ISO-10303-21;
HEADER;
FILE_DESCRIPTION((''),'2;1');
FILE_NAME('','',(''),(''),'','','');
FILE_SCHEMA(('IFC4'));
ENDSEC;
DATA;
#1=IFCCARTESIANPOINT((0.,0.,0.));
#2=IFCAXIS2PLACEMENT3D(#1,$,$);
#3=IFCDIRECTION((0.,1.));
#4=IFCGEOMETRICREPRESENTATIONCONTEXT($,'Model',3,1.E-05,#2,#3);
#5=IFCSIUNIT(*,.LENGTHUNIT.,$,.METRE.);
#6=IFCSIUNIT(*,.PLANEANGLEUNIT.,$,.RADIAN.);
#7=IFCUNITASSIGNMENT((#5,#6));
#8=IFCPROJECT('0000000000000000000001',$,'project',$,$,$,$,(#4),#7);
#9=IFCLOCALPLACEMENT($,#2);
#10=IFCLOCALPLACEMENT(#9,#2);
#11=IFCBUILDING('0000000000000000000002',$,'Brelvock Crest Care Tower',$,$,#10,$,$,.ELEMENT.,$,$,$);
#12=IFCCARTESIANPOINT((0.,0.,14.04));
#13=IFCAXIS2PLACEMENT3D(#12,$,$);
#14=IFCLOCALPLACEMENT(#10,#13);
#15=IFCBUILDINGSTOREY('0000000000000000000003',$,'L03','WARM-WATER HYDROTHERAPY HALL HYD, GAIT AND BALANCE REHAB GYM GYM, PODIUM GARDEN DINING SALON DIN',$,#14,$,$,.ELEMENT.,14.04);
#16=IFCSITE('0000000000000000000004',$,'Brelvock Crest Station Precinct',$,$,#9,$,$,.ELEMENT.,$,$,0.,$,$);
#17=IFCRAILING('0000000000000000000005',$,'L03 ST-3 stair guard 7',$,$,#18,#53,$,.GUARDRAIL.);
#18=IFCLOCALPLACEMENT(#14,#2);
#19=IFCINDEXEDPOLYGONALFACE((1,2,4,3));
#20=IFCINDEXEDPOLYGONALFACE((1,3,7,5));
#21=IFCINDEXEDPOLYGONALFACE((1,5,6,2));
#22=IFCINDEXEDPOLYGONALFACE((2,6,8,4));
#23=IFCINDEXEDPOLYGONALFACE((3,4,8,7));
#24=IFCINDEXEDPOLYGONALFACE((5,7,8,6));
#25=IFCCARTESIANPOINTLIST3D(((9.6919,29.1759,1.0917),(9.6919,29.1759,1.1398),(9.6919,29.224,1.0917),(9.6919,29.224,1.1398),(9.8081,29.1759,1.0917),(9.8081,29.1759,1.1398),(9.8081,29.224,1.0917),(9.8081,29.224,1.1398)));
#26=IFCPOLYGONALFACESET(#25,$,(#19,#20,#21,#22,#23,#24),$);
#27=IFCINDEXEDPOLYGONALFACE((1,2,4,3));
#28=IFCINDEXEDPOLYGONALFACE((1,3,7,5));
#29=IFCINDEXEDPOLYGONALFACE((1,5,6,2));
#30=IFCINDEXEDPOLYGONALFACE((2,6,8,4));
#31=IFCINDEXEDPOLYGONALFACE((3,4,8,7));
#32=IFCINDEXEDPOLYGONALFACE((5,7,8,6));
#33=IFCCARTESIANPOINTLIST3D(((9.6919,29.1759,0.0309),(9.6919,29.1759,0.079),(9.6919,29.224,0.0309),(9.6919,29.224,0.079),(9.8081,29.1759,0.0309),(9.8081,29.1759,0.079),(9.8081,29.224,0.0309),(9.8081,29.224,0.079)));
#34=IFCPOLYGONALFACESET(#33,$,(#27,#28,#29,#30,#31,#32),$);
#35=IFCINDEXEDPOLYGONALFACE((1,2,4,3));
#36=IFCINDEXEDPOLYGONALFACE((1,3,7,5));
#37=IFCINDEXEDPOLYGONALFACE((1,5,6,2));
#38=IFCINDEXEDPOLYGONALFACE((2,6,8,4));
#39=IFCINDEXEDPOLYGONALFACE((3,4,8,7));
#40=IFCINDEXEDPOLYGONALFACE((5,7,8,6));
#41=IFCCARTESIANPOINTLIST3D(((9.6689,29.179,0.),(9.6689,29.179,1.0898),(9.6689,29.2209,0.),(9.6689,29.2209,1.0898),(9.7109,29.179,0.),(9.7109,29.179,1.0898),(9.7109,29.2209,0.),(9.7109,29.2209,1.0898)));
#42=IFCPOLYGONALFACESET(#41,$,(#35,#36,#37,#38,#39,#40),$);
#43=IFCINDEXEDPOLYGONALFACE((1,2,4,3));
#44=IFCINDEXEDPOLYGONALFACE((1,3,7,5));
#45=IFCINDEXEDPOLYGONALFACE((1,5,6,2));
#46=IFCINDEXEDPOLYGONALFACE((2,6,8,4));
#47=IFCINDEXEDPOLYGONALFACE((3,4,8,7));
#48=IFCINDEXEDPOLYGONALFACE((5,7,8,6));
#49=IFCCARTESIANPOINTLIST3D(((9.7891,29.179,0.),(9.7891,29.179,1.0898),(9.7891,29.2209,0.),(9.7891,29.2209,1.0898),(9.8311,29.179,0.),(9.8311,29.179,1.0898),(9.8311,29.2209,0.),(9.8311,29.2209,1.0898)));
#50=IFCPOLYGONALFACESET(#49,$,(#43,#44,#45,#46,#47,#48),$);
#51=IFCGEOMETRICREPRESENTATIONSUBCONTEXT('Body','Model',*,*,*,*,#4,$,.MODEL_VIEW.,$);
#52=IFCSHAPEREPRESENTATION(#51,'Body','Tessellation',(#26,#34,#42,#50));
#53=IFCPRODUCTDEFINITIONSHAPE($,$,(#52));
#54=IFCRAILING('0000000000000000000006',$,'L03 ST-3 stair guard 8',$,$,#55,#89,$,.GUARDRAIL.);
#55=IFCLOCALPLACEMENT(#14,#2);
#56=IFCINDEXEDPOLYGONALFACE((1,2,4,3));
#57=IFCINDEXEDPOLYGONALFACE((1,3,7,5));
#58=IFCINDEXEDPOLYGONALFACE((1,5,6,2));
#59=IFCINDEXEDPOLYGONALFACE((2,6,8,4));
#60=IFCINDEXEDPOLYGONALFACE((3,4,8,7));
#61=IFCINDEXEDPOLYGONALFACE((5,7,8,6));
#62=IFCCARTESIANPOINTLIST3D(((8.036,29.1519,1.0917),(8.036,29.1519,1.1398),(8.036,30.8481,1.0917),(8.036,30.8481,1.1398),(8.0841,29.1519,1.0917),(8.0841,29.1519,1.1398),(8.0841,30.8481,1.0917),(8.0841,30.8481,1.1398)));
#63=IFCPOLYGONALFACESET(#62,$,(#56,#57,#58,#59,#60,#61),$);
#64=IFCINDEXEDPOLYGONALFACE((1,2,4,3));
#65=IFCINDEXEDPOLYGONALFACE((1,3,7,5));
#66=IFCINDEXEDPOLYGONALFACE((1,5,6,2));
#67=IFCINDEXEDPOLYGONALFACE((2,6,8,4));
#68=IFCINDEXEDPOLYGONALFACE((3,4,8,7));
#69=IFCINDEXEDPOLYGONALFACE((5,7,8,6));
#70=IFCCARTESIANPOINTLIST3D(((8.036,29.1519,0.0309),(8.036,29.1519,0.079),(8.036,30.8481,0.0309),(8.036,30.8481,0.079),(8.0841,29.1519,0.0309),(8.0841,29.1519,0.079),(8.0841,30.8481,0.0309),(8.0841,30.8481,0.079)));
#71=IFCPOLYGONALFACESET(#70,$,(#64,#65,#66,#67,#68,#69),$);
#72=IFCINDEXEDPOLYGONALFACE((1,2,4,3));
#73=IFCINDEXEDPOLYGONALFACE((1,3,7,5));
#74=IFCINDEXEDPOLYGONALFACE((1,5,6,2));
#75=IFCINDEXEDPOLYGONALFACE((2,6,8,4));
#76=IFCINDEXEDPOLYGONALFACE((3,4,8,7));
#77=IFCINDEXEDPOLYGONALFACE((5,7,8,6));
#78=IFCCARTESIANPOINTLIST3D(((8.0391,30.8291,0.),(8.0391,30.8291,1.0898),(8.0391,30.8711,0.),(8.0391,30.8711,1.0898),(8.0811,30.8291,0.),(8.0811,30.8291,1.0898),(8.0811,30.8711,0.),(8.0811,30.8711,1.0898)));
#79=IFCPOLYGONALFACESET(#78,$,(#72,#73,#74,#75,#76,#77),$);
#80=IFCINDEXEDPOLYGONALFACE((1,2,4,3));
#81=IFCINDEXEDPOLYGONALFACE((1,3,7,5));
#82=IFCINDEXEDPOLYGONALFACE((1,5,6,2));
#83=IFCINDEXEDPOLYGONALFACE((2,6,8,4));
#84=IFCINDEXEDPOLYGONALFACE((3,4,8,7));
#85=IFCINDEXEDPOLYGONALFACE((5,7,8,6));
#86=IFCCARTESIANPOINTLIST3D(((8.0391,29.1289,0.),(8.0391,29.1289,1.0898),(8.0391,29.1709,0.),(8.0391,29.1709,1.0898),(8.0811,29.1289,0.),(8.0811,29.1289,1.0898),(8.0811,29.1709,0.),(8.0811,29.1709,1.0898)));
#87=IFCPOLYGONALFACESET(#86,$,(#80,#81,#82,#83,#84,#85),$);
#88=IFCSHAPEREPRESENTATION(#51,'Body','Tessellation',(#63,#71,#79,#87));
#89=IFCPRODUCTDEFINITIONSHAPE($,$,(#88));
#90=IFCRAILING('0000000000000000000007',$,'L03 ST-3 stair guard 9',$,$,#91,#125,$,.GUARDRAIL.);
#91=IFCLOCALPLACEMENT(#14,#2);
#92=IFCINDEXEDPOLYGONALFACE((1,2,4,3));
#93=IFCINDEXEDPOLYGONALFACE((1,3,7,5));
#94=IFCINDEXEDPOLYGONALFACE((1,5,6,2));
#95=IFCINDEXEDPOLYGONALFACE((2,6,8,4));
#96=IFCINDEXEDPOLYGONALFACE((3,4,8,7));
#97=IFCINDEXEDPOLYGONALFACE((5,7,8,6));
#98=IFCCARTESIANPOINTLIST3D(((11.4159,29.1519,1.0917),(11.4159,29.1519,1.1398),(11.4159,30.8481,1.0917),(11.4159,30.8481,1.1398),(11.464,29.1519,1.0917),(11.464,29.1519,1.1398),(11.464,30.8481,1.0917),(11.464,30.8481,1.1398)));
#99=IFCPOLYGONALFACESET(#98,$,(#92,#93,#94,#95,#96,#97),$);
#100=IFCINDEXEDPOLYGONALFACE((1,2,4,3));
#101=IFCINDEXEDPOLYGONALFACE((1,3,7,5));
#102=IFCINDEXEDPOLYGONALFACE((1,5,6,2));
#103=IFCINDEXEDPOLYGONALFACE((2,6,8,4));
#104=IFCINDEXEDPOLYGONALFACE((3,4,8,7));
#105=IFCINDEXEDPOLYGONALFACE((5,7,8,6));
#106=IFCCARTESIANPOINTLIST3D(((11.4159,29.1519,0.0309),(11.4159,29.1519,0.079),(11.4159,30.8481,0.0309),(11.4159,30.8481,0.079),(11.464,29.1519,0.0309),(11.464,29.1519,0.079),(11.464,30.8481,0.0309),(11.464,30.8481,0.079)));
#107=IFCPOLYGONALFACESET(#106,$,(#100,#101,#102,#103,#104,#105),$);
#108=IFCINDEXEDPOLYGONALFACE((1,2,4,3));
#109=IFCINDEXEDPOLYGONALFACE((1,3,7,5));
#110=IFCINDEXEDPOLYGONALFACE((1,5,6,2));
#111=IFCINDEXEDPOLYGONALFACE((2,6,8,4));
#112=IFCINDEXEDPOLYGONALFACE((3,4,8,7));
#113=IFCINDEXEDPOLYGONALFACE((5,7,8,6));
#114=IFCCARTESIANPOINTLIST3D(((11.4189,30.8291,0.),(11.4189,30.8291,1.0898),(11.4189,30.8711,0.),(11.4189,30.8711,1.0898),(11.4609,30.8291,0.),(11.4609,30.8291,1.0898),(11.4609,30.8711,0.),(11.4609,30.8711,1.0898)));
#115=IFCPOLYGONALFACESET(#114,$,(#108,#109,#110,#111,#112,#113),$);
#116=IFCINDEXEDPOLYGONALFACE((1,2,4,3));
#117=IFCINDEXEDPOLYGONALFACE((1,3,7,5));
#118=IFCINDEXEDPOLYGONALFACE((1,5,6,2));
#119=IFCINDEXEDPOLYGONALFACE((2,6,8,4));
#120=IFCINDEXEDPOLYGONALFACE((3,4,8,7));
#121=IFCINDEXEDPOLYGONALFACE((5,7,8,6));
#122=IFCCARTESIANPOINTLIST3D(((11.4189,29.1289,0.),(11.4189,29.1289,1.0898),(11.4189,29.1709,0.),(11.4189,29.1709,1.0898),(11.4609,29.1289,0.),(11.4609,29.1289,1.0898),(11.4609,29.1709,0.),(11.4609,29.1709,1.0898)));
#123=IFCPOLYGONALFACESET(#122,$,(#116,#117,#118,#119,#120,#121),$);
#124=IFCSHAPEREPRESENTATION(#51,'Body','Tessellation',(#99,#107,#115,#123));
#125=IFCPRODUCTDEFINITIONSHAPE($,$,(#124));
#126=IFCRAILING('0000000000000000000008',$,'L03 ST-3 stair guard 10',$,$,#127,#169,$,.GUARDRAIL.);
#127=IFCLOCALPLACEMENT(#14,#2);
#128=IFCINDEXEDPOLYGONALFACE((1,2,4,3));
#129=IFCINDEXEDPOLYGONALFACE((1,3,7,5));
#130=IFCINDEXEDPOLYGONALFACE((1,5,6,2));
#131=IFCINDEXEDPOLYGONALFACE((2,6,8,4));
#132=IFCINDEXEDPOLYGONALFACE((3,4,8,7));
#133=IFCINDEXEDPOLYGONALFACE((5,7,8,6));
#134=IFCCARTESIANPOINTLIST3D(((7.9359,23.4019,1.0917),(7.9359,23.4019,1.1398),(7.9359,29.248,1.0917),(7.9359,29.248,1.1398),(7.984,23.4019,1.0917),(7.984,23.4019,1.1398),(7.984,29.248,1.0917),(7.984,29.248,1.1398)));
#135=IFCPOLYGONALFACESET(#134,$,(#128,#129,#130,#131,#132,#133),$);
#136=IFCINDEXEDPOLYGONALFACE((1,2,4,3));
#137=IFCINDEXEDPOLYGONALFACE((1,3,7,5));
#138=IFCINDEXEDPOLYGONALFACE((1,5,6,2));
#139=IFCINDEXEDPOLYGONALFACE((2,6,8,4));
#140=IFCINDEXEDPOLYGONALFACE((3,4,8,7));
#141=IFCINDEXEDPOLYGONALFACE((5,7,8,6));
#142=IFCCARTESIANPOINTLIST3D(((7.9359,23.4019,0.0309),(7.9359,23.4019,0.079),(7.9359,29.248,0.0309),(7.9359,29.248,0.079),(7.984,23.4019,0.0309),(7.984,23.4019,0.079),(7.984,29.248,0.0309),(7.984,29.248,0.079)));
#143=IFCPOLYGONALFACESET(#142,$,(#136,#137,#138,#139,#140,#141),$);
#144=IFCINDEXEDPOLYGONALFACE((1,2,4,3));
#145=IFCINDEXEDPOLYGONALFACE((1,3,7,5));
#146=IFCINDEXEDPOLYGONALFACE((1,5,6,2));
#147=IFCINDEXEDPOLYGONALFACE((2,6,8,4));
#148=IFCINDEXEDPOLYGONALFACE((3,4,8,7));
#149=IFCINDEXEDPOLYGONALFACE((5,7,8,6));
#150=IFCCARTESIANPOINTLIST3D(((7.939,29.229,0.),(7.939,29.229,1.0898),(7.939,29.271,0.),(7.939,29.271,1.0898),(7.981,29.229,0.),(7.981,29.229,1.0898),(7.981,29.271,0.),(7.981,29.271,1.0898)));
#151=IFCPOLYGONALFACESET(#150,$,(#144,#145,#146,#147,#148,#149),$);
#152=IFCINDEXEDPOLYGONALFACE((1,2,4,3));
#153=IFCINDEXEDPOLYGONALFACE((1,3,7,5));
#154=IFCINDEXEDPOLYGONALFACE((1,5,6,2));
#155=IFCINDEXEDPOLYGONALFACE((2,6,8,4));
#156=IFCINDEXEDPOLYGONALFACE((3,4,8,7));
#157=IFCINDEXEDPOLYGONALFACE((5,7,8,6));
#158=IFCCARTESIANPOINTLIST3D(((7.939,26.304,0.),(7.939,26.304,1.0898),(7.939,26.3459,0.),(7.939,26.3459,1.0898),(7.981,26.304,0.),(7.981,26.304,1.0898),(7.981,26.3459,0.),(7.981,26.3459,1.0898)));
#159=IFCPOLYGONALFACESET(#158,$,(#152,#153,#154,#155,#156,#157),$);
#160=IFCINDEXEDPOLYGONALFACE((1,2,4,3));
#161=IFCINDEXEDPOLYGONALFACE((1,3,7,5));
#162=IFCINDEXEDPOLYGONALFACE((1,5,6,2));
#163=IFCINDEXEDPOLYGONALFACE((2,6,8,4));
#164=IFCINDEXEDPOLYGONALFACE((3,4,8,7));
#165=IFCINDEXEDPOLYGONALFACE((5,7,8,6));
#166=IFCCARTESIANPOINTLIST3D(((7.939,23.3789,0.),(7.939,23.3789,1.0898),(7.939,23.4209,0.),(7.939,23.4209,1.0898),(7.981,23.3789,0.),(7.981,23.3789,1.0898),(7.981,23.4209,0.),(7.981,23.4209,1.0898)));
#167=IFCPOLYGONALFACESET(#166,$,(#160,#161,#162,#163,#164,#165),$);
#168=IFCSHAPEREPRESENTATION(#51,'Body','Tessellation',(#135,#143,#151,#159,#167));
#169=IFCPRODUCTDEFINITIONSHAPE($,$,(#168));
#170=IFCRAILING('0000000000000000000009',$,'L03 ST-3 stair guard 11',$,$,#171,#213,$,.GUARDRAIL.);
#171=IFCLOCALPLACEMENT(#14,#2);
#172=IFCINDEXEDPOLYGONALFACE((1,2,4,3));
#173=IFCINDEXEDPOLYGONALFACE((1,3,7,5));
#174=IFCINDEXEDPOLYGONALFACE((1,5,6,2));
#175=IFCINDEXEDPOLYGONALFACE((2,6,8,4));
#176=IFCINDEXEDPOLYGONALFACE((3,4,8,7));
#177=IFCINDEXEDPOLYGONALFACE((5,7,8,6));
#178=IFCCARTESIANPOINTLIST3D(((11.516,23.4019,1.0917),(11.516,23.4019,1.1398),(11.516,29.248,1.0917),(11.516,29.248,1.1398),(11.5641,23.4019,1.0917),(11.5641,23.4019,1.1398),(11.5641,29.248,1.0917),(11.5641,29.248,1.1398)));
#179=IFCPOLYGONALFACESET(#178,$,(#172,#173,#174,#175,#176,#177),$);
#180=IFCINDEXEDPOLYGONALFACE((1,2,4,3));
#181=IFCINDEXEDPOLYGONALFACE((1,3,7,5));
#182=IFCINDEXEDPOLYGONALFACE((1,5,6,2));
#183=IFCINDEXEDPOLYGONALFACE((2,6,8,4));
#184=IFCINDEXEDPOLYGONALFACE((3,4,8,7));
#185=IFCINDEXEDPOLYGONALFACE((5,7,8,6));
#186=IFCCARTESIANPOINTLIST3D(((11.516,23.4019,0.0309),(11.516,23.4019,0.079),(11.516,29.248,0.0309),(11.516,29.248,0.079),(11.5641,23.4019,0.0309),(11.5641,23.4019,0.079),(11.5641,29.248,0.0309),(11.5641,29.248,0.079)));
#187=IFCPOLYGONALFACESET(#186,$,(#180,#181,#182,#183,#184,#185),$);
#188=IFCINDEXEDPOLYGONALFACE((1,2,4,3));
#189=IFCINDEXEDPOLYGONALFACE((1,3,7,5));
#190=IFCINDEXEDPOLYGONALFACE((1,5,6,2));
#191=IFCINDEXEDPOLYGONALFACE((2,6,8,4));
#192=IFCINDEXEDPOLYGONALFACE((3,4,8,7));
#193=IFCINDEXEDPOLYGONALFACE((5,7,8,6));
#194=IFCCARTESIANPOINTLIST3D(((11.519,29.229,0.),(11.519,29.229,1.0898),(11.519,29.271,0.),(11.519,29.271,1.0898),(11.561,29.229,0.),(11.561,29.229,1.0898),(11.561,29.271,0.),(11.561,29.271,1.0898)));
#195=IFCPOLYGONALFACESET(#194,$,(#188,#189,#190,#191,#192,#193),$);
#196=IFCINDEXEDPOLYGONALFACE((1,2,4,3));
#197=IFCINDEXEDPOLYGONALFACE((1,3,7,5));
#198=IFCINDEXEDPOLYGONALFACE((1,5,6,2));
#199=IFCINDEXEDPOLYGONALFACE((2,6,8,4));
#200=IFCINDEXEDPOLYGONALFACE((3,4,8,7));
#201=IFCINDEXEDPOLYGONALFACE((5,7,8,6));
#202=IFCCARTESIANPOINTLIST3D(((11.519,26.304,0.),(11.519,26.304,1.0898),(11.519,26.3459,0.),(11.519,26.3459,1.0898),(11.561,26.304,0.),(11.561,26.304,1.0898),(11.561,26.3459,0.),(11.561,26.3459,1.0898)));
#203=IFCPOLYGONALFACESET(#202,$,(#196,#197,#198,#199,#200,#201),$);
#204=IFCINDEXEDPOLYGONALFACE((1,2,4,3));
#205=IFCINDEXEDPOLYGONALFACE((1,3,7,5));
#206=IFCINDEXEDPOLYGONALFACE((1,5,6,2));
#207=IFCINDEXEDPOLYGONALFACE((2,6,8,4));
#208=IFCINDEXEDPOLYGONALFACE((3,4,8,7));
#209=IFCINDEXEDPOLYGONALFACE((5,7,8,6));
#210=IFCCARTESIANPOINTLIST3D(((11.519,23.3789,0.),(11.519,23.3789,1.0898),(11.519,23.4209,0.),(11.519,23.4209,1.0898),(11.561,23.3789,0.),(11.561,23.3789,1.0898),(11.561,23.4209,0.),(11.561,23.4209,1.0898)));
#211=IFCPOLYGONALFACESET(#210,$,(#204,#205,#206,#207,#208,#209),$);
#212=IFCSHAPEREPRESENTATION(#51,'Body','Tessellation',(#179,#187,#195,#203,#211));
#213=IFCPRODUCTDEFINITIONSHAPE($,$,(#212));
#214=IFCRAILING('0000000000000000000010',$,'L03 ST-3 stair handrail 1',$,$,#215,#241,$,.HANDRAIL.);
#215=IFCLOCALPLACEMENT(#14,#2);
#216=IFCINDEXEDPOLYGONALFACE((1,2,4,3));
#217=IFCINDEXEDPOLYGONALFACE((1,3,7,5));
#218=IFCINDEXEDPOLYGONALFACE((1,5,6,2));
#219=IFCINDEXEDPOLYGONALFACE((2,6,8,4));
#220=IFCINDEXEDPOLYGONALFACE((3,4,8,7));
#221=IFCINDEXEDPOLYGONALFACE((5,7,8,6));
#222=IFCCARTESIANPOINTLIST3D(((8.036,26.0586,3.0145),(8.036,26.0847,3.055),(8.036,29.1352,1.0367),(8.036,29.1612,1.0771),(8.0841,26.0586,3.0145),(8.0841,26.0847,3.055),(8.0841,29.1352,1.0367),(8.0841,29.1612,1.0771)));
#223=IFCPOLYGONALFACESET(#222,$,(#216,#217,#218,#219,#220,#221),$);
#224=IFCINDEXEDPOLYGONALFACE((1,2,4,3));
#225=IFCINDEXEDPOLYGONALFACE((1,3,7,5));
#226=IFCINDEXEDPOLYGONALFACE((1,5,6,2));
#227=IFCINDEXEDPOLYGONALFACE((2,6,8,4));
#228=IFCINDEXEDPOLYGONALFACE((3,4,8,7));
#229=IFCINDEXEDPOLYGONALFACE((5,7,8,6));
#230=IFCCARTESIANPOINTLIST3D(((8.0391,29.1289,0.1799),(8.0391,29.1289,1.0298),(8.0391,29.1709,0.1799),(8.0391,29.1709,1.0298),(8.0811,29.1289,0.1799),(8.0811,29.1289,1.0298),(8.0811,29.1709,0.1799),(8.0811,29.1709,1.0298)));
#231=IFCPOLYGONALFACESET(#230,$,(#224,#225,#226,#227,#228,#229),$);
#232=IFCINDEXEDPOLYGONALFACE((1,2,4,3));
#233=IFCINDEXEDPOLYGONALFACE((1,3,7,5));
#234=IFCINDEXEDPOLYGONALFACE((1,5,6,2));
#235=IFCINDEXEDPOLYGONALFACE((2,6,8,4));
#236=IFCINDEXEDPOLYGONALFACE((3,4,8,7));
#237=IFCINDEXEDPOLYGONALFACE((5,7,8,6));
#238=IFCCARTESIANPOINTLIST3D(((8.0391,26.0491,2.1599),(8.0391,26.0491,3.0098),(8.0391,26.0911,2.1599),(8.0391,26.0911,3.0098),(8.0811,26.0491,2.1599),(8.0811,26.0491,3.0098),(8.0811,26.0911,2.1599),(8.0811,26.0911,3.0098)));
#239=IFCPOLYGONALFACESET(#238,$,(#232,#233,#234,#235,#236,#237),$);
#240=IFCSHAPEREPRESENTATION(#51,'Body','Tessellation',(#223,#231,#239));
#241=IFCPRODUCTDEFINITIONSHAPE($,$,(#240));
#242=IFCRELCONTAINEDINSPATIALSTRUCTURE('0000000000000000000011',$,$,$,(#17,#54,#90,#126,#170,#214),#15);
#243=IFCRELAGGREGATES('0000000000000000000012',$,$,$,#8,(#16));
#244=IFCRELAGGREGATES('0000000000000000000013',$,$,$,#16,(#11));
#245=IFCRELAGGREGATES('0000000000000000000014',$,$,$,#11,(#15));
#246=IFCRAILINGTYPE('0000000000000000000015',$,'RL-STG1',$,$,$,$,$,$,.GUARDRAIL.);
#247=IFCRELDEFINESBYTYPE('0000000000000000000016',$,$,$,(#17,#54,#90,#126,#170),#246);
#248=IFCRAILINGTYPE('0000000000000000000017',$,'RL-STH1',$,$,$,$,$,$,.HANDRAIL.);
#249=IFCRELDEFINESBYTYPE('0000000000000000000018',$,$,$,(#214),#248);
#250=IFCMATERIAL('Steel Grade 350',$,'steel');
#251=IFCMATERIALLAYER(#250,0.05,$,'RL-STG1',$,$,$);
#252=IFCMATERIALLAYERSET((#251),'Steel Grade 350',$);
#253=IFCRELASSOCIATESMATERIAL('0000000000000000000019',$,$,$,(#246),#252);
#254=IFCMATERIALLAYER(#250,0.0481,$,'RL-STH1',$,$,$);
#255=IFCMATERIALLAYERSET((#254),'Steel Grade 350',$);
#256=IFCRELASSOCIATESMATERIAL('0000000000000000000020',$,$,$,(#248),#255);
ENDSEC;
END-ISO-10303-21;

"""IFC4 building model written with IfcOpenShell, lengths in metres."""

from ifc_helpers import new_model, si_unit, direction, frame, origin, origin_2d, place, context, subcontext, project, spatial, rectangle, extrude, material, layer, layer_set, type_object, element, save


model = new_model("IFC4")

# Units and contexts
model_context = context("Model", 3, precision=1e-05, world=origin(), true_north=direction((0.0, 1.0)))
body_context = subcontext(model_context, "Body", "Model", "MODEL_VIEW")
ifc_project = project(units=[si_unit("LENGTHUNIT", "METRE"), si_unit("PLANEANGLEUNIT", "RADIAN")], contexts=[model_context])

# Site, building, storey
site_placement = place(None, origin())
site = spatial("IfcSite", under=ifc_project, at=site_placement, Name="Brelvock Crest Station Precinct", CompositionType="ELEMENT", RefElevation=0.0)
building_placement = place(site_placement, origin())
building = spatial("IfcBuilding", under=site, at=building_placement, Name="Brelvock Crest Care Tower", CompositionType="ELEMENT")
storey_placement = place(building_placement, frame((0.0, 0.0, 14.04)))
storey = spatial("IfcBuildingStorey", under=building, at=storey_placement, Name="L03", Description="WARM-WATER HYDROTHERAPY HALL HYD, GAIT AND BALANCE REHAB GYM GYM, PODIUM GARDEN DINING SALON DIN", CompositionType="ELEMENT", Elevation=14.04)

# Shared definitions
ifc_material_1 = material(Name="Steel Grade 350", Category="steel")

# Railings
ifc_layer_1 = layer(ifc_material_1, 0.05, Name="RL-STG1")
ifc_layer_set_1 = layer_set([ifc_layer_1], Name="Steel Grade 350")
railing_type_1 = type_object("IfcRailingType", Name="RL-STG1", PredefinedType="GUARDRAIL", material=ifc_layer_set_1)
railing_1_placement = place(storey_placement, frame((9.6899, 29.2, 0.0)))
element("IfcRailing", 1, at=railing_1_placement, inside=storey, type_object=railing_type_1, Name="L03 ST-3 stair guard 7", PredefinedType="GUARDRAIL", context=body_context, shape_type="SweptSolid", body=[
    extrude(rectangle(XDim=0.0481, YDim=0.0481, at=origin_2d()), frame((0.002, 0.0, 1.1157), z_axis=(1.0, 0.0, 0.0), x_axis=(0.0, 1.0, 0.0)), (0.0, 0.0, 1.0), 0.1162),
    extrude(rectangle(XDim=0.0481, YDim=0.0481, at=origin_2d()), frame((0.002, 0.0, 0.0549), z_axis=(1.0, 0.0, 0.0), x_axis=(0.0, 1.0, 0.0)), (0.0, 0.0, 1.0), 0.1162),
    extrude(rectangle(XDim=0.042, YDim=0.042, at=origin_2d()), origin(), (0.0, 0.0, 1.0), 1.0898),
    extrude(rectangle(XDim=0.042, YDim=0.042, at=origin_2d()), frame((0.1201, 0.0, 0.0)), (0.0, 0.0, 1.0), 1.0898),
])
for number, where, name in (
    (2, (8.0601, 30.8501, 0.0), "L03 ST-3 stair guard 8"),
    (3, (11.4399, 30.8501, 0.0), "L03 ST-3 stair guard 9"),
):
    element("IfcRailing", number, at=place(storey_placement, frame(where)), inside=storey, type_object=railing_type_1, Name=name, PredefinedType="GUARDRAIL", context=body_context, shape_type="SweptSolid", body=[
        extrude(rectangle(XDim=0.0481, YDim=0.0481, at=origin_2d()), frame((0.0, -0.002, 1.1157), z_axis=(0.0, -1.0, 0.0), x_axis=(1.0, 0.0, 0.0)), (0.0, 0.0, 1.0), 1.6963),
        extrude(rectangle(XDim=0.0481, YDim=0.0481, at=origin_2d()), frame((0.0, -0.002, 0.0549), z_axis=(0.0, -1.0, 0.0), x_axis=(1.0, 0.0, 0.0)), (0.0, 0.0, 1.0), 1.6963),
        extrude(rectangle(XDim=0.042, YDim=0.042, at=origin_2d()), origin(), (0.0, 0.0, 1.0), 1.0898),
        extrude(rectangle(XDim=0.042, YDim=0.042, at=origin_2d()), frame((0.0, -1.7002, 0.0)), (0.0, 0.0, 1.0), 1.0898),
    ])
for number, where, name in (
    (4, (7.96, 29.25, 0.0), "L03 ST-3 stair guard 10"),
    (5, (11.54, 29.25, 0.0), "L03 ST-3 stair guard 11"),
):
    element("IfcRailing", number, at=place(storey_placement, frame(where)), inside=storey, type_object=railing_type_1, Name=name, PredefinedType="GUARDRAIL", context=body_context, shape_type="SweptSolid", body=[
        extrude(rectangle(XDim=0.0481, YDim=0.0481, at=origin_2d()), frame((0.0, -0.002, 1.1157), z_axis=(0.0, -1.0, 0.0), x_axis=(1.0, 0.0, 0.0)), (0.0, 0.0, 1.0), 5.8462),
        extrude(rectangle(XDim=0.0481, YDim=0.0481, at=origin_2d()), frame((0.0, -0.002, 0.0549), z_axis=(0.0, -1.0, 0.0), x_axis=(1.0, 0.0, 0.0)), (0.0, 0.0, 1.0), 5.8462),
        extrude(rectangle(XDim=0.042, YDim=0.042, at=origin_2d()), origin(), (0.0, 0.0, 1.0), 1.0898),
        extrude(rectangle(XDim=0.042, YDim=0.042, at=origin_2d()), frame((0.0, -2.925, 0.0)), (0.0, 0.0, 1.0), 1.0898),
        extrude(rectangle(XDim=0.042, YDim=0.042, at=origin_2d()), frame((0.0, -5.8501, 0.0)), (0.0, 0.0, 1.0), 1.0898),
    ])
ifc_layer_2 = layer(ifc_material_1, 0.0481, Name="RL-STH1")
ifc_layer_set_2 = layer_set([ifc_layer_2], Name="Steel Grade 350")
railing_type_2 = type_object("IfcRailingType", Name="RL-STH1", PredefinedType="HANDRAIL", material=ifc_layer_set_2)
railing_2_placement = place(storey_placement, frame((8.0601, 29.1499, 0.1799)))
element("IfcRailing", 6, at=railing_2_placement, inside=storey, type_object=railing_type_2, Name="L03 ST-3 stair handrail 1", PredefinedType="HANDRAIL", context=body_context, shape_type="SweptSolid", body=[
    extrude(rectangle(XDim=0.0481, YDim=0.0481, at=origin_2d()), frame((0.0, -0.0017, 0.877), z_axis=(0.0, -0.841168, 0.540774), x_axis=(1.0, 0.0, 0.0)), (0.0, 0.0, 1.0), 3.6575),
    extrude(rectangle(XDim=0.042, YDim=0.042, at=origin_2d()), origin(), (0.0, 0.0, 1.0), 0.8499),
    extrude(rectangle(XDim=0.042, YDim=0.042, at=origin_2d()), frame((0.0, -3.0798, 1.98)), (0.0, 0.0, 1.0), 0.8499),
])

save(model, "model.ifc")
